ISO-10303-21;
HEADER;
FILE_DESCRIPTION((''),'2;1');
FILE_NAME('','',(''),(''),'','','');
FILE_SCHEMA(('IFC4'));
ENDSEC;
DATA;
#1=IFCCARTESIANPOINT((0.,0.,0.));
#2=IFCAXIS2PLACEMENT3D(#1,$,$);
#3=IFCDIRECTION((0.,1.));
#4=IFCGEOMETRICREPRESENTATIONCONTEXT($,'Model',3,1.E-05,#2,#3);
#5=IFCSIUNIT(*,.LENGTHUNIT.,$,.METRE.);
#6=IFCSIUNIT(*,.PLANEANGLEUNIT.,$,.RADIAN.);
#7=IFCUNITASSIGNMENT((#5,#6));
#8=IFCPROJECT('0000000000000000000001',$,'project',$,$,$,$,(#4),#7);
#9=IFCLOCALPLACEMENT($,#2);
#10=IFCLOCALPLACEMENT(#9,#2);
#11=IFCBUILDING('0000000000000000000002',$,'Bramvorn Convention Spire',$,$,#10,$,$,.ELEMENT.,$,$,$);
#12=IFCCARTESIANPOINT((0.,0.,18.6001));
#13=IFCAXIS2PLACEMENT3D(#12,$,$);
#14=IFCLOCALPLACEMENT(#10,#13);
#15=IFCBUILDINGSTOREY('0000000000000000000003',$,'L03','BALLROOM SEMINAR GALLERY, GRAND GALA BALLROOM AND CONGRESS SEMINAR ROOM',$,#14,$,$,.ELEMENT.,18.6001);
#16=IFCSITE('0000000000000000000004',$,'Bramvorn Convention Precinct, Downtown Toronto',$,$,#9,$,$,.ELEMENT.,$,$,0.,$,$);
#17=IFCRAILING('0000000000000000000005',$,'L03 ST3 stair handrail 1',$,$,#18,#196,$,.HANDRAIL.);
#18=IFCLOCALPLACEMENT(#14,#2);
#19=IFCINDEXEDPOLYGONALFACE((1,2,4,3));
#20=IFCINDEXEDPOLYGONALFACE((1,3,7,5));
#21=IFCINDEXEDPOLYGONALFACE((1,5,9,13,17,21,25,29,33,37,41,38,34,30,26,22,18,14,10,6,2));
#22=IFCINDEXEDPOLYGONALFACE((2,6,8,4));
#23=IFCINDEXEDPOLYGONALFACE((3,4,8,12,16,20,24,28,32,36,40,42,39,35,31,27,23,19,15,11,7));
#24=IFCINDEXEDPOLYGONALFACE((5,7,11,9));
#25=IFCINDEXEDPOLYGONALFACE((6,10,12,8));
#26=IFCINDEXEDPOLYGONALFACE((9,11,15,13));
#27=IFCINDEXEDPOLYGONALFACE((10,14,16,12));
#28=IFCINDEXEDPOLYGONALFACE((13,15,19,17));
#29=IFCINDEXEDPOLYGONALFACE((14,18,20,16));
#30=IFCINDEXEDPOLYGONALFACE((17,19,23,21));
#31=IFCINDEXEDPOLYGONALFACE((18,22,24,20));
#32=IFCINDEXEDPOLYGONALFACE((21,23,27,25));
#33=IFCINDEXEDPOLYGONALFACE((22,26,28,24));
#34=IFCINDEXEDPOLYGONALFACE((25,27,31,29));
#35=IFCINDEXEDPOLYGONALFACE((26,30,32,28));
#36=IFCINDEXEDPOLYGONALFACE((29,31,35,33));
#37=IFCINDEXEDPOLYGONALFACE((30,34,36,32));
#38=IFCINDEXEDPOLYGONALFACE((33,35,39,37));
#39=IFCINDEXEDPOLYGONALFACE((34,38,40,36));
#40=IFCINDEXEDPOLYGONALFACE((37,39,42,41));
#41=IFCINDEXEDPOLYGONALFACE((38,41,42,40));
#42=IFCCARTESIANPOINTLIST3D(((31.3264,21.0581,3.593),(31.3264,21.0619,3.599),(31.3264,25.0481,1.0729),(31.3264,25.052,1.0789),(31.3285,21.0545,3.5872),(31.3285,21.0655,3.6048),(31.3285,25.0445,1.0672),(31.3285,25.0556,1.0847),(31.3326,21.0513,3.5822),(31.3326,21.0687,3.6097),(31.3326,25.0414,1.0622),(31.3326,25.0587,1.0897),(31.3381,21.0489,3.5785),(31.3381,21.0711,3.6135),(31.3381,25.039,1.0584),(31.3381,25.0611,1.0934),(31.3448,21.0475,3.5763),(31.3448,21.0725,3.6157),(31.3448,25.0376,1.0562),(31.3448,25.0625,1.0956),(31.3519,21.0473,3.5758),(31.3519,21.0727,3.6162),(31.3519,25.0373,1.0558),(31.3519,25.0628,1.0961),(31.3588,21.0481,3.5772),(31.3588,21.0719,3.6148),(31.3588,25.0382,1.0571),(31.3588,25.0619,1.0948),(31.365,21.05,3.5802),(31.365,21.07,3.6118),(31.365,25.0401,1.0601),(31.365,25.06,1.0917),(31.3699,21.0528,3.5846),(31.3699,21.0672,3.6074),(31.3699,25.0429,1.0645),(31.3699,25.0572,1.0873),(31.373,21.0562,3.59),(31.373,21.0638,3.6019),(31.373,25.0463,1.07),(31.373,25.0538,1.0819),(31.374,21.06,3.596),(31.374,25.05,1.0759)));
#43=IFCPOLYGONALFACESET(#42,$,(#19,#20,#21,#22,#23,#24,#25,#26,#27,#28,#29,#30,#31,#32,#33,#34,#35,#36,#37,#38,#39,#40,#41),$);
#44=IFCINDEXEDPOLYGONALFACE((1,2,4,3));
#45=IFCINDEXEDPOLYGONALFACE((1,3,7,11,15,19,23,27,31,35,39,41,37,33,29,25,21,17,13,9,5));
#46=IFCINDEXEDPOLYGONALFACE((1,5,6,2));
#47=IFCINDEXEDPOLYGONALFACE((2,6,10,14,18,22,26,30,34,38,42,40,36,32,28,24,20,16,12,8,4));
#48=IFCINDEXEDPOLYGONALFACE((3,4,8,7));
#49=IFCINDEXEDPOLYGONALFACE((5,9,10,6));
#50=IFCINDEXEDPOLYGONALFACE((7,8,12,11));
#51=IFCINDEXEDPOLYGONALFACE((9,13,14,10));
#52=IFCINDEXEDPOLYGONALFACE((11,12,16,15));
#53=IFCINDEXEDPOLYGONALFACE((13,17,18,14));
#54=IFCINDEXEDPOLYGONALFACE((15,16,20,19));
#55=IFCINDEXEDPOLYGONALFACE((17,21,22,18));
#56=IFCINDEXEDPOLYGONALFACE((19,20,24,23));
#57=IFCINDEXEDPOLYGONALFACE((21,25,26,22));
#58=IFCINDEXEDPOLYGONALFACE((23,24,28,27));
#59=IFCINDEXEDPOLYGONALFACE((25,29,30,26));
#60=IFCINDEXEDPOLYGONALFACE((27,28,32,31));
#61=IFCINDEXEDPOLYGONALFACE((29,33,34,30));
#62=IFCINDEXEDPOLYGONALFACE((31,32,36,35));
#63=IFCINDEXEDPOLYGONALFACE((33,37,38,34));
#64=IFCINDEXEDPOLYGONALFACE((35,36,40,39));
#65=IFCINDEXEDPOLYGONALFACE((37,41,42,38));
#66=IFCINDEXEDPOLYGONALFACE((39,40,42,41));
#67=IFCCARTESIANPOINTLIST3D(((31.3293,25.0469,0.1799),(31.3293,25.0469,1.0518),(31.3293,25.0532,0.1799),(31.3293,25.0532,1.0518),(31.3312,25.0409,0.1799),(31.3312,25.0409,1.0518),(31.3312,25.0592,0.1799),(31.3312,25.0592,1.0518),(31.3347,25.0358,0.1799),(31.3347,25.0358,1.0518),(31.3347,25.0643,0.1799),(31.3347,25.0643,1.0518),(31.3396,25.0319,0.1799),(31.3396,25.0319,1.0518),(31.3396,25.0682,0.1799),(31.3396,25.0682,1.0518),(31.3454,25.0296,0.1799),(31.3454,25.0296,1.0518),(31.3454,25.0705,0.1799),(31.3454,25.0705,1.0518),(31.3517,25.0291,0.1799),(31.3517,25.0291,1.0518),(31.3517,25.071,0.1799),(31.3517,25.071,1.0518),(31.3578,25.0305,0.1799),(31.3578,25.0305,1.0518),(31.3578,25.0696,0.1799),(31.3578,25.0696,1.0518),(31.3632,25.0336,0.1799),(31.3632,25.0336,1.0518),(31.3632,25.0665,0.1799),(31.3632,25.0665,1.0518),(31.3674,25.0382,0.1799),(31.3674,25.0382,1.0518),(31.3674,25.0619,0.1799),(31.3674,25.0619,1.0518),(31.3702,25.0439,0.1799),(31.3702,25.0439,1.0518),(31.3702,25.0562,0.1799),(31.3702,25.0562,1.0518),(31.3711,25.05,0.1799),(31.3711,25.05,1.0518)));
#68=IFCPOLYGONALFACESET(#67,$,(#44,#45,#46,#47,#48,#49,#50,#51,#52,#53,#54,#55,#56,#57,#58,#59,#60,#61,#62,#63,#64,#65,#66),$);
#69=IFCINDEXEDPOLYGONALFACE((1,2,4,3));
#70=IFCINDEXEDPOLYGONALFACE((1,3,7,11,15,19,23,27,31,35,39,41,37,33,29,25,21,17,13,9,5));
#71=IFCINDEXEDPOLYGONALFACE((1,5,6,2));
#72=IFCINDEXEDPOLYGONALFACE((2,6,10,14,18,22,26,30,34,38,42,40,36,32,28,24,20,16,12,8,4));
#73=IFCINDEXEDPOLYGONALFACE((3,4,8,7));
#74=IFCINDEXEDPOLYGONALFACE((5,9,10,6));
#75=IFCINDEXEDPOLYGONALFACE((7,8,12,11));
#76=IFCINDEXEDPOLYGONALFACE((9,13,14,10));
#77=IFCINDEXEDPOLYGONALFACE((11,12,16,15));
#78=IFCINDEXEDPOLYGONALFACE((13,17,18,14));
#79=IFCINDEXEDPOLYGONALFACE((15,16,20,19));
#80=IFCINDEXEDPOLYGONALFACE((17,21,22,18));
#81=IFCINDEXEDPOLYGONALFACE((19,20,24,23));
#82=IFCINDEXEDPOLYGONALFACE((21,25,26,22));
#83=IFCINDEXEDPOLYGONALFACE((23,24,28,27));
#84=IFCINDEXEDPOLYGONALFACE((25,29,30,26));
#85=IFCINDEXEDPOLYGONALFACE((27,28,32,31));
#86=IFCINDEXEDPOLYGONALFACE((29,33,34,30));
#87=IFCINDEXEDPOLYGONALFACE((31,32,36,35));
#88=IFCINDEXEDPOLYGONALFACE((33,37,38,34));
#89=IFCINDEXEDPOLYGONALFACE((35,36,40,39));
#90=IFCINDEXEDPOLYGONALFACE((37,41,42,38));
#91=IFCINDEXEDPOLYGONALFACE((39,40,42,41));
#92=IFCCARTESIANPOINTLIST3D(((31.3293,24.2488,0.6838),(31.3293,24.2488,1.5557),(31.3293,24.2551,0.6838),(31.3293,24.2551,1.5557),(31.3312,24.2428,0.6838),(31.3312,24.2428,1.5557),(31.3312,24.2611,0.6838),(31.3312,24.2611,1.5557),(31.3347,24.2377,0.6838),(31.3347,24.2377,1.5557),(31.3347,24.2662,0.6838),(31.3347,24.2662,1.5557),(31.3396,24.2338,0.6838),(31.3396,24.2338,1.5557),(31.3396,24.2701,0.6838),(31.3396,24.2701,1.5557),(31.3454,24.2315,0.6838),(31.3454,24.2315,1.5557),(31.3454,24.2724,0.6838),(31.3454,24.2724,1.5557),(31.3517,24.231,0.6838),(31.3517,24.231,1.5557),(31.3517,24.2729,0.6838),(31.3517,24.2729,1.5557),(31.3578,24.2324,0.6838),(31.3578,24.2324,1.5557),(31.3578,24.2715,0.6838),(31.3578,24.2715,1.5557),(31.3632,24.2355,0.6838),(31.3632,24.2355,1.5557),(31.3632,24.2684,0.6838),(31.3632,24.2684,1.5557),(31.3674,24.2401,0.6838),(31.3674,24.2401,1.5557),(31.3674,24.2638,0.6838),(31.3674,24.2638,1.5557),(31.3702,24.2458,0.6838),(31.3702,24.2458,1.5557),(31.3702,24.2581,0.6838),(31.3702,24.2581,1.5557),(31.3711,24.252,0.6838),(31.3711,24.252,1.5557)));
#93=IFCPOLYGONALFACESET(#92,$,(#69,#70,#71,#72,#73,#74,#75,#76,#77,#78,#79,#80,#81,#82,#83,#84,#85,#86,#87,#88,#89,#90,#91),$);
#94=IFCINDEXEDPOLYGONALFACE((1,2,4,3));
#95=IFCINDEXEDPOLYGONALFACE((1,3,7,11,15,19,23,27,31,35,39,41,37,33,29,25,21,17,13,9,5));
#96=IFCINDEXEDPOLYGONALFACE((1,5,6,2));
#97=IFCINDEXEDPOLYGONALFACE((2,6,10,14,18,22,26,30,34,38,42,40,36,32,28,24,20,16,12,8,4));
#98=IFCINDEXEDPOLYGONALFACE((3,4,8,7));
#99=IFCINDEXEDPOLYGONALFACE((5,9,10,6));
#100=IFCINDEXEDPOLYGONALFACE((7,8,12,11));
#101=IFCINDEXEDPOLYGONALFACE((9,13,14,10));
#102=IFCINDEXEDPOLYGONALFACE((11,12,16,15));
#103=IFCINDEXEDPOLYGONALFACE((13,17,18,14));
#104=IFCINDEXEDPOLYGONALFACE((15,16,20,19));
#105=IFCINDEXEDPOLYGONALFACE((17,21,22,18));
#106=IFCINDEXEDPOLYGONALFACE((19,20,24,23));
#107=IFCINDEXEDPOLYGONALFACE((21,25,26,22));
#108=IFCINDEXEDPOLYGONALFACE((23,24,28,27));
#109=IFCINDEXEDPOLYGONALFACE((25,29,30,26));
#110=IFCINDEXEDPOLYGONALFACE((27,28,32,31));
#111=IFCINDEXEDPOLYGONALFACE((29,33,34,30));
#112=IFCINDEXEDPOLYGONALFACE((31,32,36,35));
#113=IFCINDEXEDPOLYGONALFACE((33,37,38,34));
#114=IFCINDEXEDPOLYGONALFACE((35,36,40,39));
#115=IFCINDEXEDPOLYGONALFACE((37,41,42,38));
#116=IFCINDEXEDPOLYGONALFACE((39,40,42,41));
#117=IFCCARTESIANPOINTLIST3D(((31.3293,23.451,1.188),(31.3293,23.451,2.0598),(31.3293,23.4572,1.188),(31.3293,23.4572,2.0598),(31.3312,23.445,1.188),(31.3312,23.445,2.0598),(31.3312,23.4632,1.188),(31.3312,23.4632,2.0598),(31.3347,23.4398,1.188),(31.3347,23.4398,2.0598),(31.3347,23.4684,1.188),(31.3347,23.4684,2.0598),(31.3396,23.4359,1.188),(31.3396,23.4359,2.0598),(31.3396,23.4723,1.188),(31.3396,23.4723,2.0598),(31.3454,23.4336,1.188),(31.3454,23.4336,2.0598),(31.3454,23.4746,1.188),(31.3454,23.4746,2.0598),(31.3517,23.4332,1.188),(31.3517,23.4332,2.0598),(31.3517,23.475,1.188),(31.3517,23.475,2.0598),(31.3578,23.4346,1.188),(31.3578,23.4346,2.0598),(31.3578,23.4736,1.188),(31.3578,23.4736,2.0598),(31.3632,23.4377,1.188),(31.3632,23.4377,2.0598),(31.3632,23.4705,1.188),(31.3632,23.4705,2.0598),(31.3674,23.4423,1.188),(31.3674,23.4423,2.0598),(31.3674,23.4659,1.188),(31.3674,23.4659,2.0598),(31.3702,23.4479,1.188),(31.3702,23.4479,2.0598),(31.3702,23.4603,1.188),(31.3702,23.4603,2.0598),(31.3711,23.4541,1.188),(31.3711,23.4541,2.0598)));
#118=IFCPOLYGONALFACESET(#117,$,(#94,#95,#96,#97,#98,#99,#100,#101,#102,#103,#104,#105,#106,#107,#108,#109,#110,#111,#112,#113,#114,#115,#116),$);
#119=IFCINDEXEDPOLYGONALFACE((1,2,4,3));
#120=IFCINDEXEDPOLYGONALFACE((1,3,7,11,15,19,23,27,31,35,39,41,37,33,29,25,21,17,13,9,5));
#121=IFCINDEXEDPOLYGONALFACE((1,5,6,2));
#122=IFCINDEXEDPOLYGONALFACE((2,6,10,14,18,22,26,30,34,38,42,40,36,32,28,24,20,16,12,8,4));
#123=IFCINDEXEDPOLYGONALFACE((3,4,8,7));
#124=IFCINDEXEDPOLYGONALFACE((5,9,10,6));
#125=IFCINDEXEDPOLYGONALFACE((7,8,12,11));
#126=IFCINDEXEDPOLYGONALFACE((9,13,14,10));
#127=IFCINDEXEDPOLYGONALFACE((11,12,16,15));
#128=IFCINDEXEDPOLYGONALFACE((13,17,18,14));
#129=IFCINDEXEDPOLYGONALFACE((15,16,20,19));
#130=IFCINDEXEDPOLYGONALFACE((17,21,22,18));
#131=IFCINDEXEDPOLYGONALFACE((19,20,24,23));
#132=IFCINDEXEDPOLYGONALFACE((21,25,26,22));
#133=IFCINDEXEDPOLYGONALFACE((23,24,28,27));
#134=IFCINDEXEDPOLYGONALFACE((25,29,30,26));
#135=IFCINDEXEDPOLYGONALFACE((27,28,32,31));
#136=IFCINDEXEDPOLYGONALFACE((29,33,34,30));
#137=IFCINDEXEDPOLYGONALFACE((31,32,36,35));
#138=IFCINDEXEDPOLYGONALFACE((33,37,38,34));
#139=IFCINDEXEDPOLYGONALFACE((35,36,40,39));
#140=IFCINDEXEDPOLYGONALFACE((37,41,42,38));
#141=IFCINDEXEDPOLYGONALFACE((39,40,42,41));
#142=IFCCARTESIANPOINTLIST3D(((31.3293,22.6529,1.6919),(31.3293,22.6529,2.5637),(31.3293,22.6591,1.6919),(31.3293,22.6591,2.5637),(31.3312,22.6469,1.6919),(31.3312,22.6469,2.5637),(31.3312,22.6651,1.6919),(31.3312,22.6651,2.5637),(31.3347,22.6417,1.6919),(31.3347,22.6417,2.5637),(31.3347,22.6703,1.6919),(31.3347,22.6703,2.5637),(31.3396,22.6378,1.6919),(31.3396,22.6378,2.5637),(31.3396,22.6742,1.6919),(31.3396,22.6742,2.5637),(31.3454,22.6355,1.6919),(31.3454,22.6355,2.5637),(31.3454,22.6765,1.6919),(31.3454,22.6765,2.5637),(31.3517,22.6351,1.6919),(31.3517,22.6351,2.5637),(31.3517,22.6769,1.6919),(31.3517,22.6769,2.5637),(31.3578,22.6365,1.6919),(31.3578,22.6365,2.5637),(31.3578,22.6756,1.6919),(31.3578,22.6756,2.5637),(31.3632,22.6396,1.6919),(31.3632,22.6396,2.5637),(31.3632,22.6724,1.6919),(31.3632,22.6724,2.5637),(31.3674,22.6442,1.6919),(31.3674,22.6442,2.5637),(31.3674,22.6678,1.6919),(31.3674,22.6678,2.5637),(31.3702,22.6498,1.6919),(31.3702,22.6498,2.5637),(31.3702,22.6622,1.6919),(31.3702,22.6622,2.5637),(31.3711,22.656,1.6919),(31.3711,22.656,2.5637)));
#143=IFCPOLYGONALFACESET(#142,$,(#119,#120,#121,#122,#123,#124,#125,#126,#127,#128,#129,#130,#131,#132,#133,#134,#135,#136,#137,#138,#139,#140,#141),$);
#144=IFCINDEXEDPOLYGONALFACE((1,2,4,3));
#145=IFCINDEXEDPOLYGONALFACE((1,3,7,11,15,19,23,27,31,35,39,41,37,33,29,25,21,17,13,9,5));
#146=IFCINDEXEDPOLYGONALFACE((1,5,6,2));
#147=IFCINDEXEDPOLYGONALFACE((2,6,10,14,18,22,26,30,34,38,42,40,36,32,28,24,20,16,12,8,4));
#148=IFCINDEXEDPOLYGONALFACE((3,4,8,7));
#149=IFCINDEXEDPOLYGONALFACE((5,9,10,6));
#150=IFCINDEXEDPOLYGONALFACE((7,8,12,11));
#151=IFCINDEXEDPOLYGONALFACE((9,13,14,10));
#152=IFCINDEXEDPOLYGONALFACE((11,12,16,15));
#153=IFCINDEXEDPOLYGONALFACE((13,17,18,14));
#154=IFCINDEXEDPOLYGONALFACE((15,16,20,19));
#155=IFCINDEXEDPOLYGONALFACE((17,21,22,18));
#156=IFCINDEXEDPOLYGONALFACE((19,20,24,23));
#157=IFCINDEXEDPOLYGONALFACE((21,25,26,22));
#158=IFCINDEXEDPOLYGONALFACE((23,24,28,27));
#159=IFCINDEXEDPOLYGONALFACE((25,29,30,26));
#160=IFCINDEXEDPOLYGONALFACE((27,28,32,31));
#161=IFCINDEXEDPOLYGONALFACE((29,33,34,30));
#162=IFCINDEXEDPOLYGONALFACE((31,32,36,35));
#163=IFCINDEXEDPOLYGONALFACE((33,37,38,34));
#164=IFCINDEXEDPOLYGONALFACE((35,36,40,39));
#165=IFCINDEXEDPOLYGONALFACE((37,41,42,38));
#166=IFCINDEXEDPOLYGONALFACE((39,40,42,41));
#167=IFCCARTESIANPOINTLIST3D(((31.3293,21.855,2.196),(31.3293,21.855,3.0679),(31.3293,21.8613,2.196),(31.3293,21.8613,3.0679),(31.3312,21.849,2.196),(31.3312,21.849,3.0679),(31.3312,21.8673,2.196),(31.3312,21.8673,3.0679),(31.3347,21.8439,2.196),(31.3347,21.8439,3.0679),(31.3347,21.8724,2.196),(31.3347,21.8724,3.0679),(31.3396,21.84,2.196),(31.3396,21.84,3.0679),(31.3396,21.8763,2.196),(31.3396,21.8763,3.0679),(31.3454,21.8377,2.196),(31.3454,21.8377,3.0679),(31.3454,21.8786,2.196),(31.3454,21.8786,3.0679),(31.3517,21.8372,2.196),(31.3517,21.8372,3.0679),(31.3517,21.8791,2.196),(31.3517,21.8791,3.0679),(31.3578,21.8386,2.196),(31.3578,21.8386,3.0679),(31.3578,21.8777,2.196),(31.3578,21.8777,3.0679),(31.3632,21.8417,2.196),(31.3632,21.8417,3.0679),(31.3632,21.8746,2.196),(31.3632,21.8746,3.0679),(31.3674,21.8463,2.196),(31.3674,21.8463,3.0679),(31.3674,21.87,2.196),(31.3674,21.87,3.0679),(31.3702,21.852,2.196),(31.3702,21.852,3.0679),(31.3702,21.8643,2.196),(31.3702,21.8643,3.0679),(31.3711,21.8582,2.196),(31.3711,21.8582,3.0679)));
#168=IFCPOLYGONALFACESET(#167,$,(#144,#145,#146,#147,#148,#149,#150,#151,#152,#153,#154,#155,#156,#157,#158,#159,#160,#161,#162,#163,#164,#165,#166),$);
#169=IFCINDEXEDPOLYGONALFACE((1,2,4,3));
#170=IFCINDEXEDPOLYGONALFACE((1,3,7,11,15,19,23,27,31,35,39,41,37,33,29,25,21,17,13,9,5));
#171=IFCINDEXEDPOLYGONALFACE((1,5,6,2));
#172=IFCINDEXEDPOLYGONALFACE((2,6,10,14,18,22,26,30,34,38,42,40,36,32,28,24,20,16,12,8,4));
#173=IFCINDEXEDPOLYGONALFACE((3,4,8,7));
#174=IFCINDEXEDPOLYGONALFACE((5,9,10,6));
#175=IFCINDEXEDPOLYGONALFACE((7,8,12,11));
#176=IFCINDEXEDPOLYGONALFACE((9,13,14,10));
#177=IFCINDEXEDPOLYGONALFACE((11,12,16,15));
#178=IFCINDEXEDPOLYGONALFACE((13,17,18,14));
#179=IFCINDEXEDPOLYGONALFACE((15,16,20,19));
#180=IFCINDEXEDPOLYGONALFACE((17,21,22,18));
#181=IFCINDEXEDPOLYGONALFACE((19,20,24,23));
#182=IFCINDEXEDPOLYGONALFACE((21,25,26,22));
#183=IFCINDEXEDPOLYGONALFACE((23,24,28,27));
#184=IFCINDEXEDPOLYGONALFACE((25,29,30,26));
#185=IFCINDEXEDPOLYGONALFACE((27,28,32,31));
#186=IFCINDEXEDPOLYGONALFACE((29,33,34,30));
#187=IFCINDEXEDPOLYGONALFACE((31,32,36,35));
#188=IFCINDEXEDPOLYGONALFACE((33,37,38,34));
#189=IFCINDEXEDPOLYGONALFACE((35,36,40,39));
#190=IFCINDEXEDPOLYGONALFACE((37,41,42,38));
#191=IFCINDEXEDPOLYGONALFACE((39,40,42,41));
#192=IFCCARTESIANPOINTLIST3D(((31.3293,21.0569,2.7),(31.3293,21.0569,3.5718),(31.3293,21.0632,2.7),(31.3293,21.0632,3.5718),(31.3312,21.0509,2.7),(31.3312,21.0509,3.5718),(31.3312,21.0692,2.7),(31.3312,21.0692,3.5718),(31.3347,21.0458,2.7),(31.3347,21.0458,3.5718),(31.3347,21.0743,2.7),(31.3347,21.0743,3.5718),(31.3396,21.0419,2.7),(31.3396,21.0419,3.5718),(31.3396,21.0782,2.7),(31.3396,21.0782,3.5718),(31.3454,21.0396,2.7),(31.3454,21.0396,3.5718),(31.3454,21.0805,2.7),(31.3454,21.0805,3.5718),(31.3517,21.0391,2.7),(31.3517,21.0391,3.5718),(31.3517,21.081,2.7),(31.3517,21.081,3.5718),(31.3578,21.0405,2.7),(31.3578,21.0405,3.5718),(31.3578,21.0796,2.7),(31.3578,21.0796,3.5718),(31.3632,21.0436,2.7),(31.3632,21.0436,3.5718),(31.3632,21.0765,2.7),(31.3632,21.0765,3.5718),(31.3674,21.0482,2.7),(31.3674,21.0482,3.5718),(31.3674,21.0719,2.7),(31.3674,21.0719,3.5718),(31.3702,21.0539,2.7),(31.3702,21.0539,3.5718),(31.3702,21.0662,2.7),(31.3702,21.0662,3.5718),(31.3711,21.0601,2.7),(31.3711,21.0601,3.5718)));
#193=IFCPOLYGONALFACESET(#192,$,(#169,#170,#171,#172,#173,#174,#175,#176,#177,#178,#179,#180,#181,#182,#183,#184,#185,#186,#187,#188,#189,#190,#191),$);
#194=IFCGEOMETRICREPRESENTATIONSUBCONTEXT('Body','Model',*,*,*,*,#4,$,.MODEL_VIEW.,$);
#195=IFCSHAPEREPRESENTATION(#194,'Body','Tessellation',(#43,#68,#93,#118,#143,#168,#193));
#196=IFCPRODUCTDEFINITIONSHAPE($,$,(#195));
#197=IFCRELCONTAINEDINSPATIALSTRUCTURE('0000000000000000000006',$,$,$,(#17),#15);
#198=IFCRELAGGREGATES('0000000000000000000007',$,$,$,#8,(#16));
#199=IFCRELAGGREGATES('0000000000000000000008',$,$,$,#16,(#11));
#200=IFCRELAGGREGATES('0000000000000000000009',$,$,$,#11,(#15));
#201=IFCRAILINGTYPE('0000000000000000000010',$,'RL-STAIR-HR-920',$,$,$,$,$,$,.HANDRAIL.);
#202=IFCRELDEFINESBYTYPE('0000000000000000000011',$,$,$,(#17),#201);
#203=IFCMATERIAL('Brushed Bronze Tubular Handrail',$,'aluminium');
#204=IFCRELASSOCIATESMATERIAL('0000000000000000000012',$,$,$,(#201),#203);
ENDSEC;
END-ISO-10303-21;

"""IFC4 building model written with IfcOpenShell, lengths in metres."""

from ifc_helpers import new_model, si_unit, direction, frame, origin, origin_2d, place, context, subcontext, project, spatial, circle, extrude, material, type_object, element, save


model = new_model("IFC4")

# Units and contexts
model_context = context("Model", 3, precision=1e-05, world=origin(), true_north=direction((0.0, 1.0)))
body_context = subcontext(model_context, "Body", "Model", "MODEL_VIEW")
ifc_project = project(units=[si_unit("LENGTHUNIT", "METRE"), si_unit("PLANEANGLEUNIT", "RADIAN")], contexts=[model_context])

# Site, building, storey
site_placement = place(None, origin())
site = spatial("IfcSite", under=ifc_project, at=site_placement, Name="Bramvorn Convention Precinct, Downtown Toronto", CompositionType="ELEMENT", RefElevation=0.0)
building_placement = place(site_placement, origin())
building = spatial("IfcBuilding", under=site, at=building_placement, Name="Bramvorn Convention Spire", CompositionType="ELEMENT")
storey_placement = place(building_placement, frame((0.0, 0.0, 18.6001)))
storey = spatial("IfcBuildingStorey", under=building, at=storey_placement, Name="L03", Description="BALLROOM SEMINAR GALLERY, GRAND GALA BALLROOM AND CONGRESS SEMINAR ROOM", CompositionType="ELEMENT", Elevation=18.6001)

# Railing
ifc_material_1 = material(Name="Brushed Bronze Tubular Handrail", Category="aluminium")
railing_type_1 = type_object("IfcRailingType", Name="RL-STAIR-HR-920", PredefinedType="HANDRAIL", material=ifc_material_1)
for number, where, name in (
    (1, (31.3501, 25.05, 0.1799), "L03 ST3 stair handrail 1"),
):
    element("IfcRailing", number, at=place(storey_placement, frame(where)), inside=storey, type_object=railing_type_1, Name=name, PredefinedType="HANDRAIL", context=body_context, shape_type="SweptSolid", body=[
        extrude(circle(Radius=0.0239, at=origin_2d()), frame((0.0, 0.0, 0.896), z_axis=(0.0, -0.845486, 0.533997), x_axis=(1.0, 0.0, 0.0)), (0.0, 0.0, 1.0), 4.7192),
        extrude(circle(Radius=0.021, at=origin_2d()), origin(), (0.0, 0.0, 1.0), 0.8718),
        extrude(circle(Radius=0.021, at=origin_2d()), frame((0.0, -0.7981, 0.5039)), (0.0, 0.0, 1.0), 0.8718),
        extrude(circle(Radius=0.021, at=origin_2d()), frame((0.0, -1.5959, 1.0081)), (0.0, 0.0, 1.0), 0.8718),
        extrude(circle(Radius=0.021, at=origin_2d()), frame((0.0, -2.394, 1.512)), (0.0, 0.0, 1.0), 0.8718),
        extrude(circle(Radius=0.021, at=origin_2d()), frame((0.0, -3.1919, 2.0161)), (0.0, 0.0, 1.0), 0.8718),
        extrude(circle(Radius=0.021, at=origin_2d()), frame((0.0, -3.99, 2.52)), (0.0, 0.0, 1.0), 0.8718),
    ])

save(model, "model.ifc")
